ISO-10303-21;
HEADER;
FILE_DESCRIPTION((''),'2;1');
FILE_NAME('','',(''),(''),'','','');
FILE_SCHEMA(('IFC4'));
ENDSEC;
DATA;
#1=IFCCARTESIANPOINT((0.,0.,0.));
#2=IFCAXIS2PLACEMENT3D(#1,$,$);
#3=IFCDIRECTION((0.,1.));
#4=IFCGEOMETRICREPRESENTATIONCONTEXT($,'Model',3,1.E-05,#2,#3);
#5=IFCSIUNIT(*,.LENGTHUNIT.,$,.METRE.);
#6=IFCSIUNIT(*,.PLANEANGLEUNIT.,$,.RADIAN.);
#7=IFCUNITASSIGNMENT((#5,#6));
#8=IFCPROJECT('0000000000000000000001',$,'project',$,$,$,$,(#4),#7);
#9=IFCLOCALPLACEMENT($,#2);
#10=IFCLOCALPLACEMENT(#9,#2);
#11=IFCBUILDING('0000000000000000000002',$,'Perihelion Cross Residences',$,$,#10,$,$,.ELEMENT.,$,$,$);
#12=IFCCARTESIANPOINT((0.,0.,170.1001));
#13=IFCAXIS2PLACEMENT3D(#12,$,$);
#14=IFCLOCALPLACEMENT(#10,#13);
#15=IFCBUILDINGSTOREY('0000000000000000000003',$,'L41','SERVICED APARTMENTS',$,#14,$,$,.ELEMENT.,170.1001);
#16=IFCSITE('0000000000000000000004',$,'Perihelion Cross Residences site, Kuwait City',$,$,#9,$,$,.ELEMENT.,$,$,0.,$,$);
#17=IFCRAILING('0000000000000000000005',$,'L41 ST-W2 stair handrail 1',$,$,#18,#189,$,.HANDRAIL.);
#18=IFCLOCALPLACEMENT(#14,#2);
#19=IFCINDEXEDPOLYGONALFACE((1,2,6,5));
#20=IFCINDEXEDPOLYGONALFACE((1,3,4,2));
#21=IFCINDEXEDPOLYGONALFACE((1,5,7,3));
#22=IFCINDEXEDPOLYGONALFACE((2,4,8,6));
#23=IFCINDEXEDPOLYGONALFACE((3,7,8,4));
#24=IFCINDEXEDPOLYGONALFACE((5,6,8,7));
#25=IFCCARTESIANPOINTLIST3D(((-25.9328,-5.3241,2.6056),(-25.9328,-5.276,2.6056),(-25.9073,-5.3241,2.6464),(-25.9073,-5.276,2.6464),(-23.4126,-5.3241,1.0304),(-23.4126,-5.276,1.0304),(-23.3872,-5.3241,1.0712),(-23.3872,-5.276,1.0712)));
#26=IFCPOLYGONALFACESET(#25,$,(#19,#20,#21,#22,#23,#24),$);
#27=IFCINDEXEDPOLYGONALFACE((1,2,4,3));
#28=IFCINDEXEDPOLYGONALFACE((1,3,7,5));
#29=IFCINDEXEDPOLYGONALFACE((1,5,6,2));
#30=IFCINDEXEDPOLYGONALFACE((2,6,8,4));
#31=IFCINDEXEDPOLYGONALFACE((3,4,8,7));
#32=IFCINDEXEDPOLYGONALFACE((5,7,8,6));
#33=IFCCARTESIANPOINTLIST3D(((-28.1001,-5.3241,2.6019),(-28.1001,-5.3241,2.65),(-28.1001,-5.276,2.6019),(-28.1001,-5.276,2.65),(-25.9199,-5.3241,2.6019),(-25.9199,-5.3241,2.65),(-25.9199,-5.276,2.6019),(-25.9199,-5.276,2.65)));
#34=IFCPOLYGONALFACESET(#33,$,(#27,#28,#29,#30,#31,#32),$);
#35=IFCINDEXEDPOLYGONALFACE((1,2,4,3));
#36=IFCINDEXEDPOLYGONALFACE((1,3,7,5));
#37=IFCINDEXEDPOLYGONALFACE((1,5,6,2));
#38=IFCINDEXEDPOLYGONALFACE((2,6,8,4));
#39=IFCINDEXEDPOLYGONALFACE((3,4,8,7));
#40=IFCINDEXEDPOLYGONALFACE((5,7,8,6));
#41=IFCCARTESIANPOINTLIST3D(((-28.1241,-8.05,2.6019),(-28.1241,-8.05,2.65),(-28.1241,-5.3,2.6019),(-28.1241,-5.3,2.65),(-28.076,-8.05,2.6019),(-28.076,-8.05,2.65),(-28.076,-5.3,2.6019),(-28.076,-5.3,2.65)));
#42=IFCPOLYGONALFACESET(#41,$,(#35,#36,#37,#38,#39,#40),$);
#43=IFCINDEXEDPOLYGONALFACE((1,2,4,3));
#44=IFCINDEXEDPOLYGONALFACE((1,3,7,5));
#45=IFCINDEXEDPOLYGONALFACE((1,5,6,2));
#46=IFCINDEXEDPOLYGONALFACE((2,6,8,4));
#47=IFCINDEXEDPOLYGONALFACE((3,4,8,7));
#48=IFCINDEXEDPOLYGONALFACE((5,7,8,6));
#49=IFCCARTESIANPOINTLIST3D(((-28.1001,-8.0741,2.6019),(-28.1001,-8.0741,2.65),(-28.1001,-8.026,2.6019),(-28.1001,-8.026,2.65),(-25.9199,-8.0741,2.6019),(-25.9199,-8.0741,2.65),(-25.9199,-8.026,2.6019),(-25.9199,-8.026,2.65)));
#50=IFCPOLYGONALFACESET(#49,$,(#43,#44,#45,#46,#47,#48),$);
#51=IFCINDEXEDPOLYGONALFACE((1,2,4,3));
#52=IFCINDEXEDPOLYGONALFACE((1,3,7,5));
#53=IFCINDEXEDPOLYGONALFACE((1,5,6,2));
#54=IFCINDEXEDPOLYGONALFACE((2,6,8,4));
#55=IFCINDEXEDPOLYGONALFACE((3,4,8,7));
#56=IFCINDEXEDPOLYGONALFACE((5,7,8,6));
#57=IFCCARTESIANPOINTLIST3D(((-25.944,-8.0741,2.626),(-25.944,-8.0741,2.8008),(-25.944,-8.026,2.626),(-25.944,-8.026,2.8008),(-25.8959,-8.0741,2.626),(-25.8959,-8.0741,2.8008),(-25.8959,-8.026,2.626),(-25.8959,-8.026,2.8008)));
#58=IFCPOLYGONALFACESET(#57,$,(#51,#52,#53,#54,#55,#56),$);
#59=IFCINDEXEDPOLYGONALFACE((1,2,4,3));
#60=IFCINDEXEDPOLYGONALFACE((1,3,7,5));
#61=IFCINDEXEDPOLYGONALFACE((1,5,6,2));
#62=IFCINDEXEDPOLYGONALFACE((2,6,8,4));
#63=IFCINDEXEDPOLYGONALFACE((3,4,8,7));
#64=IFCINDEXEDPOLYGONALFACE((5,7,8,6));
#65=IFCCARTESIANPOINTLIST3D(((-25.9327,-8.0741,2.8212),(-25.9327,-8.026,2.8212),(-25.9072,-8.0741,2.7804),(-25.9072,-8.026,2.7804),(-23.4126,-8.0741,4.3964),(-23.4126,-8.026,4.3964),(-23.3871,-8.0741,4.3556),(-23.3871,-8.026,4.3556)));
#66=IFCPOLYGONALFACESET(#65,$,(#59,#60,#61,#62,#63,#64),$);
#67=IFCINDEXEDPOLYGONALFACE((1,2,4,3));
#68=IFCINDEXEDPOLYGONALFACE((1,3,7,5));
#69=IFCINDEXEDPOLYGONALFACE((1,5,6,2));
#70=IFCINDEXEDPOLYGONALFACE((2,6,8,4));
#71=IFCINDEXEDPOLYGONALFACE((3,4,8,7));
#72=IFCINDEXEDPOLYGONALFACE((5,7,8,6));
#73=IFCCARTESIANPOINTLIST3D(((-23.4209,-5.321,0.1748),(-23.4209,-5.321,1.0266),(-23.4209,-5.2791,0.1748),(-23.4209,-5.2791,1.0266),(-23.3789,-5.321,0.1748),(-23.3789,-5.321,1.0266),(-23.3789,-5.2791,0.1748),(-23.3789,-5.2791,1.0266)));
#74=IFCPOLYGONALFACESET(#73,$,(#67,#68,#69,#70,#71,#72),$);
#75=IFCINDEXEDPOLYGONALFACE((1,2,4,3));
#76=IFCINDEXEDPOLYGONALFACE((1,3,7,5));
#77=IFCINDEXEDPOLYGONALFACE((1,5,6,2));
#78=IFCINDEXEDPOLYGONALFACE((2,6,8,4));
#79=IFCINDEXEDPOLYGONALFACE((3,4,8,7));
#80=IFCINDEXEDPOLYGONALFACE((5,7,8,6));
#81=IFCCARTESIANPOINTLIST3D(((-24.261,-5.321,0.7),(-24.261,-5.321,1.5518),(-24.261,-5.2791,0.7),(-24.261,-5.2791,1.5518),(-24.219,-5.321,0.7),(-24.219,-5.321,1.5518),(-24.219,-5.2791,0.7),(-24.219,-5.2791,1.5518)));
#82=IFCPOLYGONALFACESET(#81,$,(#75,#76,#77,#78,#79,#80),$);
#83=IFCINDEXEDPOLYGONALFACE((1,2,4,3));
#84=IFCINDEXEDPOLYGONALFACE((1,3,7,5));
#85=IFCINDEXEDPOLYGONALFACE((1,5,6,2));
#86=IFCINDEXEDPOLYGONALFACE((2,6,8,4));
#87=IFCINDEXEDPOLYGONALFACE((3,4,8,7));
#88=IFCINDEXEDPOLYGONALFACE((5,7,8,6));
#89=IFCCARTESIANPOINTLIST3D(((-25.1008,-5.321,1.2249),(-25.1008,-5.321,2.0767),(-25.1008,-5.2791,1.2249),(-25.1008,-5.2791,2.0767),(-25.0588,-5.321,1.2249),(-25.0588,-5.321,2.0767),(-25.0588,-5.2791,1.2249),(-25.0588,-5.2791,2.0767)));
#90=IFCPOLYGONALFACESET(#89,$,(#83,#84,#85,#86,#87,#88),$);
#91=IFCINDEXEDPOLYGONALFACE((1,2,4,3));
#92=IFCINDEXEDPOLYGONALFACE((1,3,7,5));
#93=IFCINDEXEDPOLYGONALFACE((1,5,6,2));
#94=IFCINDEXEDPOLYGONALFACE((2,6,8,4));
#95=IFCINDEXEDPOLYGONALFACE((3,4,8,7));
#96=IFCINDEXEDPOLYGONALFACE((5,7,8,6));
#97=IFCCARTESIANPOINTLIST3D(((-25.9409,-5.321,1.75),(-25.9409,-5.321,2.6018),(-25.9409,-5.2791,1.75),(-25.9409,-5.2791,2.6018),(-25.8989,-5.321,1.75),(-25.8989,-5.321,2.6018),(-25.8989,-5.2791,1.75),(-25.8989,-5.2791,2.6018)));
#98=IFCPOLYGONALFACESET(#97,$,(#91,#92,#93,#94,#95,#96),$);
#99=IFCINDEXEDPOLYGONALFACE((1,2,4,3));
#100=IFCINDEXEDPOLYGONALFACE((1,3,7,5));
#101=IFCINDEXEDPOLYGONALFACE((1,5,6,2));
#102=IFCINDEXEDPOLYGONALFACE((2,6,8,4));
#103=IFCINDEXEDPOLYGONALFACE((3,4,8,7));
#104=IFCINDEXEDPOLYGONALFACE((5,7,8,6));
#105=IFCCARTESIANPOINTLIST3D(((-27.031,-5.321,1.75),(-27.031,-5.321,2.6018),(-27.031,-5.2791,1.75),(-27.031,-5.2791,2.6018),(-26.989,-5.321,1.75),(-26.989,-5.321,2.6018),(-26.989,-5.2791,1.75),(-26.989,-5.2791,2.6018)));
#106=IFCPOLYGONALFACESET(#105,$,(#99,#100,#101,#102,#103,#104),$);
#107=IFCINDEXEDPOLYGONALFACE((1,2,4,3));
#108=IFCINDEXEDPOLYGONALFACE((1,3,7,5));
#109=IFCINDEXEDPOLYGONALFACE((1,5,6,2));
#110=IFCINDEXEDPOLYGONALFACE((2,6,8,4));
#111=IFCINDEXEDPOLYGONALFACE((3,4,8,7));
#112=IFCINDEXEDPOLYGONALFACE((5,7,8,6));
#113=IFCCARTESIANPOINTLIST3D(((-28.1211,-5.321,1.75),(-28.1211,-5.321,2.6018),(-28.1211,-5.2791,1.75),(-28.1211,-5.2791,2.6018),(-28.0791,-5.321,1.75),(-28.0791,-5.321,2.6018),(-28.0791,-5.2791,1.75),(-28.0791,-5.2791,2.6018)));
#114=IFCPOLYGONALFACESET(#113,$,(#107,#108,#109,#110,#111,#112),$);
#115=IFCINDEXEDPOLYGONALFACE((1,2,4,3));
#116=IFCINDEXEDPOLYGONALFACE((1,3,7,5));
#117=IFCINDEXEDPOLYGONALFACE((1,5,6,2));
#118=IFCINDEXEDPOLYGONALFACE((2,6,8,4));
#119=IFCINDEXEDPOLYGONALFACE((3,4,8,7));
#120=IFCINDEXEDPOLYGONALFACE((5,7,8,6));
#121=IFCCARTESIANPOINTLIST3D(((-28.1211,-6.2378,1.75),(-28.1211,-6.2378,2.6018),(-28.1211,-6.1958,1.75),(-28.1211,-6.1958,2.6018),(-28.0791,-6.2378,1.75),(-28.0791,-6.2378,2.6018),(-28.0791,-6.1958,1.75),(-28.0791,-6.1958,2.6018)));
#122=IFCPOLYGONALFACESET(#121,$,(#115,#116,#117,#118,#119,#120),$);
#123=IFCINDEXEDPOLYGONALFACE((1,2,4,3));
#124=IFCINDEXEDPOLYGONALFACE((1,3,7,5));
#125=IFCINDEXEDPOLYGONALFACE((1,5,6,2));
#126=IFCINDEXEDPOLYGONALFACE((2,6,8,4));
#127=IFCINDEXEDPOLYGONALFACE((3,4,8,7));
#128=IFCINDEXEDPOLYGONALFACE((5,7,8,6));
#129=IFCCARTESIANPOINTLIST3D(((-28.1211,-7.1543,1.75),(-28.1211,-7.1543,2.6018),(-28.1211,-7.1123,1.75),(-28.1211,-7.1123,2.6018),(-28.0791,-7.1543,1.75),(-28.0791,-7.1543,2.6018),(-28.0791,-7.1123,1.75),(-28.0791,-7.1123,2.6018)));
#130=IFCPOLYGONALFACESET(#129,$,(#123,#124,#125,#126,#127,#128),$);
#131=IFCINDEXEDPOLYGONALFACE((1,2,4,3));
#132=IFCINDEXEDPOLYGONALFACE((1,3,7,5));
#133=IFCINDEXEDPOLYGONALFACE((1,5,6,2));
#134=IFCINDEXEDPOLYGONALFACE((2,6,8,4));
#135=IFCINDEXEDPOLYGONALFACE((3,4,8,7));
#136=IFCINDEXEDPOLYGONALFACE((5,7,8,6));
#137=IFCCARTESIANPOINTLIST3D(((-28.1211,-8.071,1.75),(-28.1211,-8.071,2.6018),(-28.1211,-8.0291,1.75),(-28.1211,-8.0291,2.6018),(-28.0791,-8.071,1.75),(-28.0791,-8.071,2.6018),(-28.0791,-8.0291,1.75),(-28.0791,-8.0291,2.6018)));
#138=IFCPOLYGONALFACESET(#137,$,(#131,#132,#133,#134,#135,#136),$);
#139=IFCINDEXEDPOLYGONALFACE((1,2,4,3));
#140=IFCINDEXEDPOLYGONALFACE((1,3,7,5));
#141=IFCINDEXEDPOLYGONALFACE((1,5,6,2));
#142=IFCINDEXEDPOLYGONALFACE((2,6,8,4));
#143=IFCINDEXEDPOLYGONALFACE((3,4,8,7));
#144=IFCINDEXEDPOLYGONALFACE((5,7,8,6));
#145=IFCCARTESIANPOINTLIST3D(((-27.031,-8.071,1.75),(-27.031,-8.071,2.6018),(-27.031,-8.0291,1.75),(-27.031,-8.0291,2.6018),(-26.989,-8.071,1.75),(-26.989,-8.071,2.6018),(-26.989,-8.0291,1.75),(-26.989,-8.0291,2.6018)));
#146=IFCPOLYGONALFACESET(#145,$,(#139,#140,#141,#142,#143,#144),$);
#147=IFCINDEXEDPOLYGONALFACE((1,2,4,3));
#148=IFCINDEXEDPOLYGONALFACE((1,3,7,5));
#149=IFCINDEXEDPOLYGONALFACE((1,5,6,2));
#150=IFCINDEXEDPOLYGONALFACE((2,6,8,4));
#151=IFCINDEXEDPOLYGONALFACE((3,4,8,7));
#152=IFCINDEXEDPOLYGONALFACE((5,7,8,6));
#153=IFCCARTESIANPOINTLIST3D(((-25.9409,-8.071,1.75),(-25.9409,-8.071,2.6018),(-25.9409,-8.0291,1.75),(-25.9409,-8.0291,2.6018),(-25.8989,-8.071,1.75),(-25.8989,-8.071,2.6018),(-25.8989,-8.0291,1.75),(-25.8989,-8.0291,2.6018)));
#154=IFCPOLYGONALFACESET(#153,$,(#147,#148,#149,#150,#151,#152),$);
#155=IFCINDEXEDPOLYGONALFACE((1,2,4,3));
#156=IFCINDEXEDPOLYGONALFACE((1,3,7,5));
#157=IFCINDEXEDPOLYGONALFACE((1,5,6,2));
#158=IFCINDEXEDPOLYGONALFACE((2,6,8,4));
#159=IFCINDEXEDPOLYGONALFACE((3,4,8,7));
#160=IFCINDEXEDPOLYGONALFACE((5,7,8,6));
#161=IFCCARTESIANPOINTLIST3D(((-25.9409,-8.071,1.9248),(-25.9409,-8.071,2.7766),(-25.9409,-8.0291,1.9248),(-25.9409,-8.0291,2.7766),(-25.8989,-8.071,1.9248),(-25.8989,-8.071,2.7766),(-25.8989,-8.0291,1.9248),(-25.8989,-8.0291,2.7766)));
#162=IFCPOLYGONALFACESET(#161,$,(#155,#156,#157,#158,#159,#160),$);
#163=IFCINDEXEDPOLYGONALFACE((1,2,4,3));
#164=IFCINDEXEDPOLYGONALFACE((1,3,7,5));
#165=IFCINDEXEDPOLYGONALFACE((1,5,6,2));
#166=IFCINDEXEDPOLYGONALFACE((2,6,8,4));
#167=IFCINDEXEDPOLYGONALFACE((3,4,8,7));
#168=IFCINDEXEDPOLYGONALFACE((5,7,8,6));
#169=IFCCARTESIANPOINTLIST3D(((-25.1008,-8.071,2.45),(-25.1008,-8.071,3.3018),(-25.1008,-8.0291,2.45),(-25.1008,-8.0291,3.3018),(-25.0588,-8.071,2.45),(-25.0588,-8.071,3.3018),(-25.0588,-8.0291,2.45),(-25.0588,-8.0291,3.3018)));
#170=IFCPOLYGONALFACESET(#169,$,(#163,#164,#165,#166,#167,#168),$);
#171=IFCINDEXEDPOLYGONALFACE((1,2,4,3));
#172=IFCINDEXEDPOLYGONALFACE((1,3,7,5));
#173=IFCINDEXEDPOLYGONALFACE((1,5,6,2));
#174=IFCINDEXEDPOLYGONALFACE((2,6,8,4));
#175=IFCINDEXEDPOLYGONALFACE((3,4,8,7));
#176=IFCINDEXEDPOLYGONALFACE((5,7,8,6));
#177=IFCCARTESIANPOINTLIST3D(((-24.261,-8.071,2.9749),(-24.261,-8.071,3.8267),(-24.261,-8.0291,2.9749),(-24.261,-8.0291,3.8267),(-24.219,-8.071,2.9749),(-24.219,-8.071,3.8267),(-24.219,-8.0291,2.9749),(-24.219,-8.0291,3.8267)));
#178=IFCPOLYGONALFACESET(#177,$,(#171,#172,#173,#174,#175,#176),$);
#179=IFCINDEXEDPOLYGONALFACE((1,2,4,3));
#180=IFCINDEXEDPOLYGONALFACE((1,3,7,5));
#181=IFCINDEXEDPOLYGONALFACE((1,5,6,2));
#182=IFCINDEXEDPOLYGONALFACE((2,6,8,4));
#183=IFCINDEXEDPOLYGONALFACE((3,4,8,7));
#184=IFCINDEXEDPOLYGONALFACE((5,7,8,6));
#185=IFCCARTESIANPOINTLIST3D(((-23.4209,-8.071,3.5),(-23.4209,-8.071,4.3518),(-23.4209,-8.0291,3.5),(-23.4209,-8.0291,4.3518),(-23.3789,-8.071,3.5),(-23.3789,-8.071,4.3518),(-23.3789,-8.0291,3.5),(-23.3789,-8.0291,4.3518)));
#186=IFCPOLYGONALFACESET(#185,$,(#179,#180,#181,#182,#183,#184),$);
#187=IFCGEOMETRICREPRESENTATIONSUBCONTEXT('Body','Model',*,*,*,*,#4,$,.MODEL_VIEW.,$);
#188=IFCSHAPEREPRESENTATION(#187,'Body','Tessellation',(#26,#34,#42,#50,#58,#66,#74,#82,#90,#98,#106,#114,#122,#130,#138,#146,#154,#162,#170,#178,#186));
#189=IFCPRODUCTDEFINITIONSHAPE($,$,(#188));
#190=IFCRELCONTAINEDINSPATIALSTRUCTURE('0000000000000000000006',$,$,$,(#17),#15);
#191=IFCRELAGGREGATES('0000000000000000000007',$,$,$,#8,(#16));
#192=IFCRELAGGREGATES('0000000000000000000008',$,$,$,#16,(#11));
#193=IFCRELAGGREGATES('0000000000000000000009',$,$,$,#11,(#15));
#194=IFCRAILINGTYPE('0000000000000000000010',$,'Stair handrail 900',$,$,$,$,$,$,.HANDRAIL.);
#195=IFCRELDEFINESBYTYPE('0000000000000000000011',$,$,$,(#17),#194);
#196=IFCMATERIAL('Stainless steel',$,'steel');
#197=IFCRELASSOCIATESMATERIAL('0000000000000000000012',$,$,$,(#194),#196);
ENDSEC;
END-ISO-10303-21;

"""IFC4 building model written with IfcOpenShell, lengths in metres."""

from ifc_helpers import new_model, si_unit, direction, frame, origin, origin_2d, place, context, subcontext, project, spatial, rectangle, extrude, material, type_object, element, save


model = new_model("IFC4")

# Units and contexts
model_context = context("Model", 3, precision=1e-05, world=origin(), true_north=direction((0.0, 1.0)))
body_context = subcontext(model_context, "Body", "Model", "MODEL_VIEW")
ifc_project = project(units=[si_unit("LENGTHUNIT", "METRE"), si_unit("PLANEANGLEUNIT", "RADIAN")], contexts=[model_context])

# Site, building, storey
site_placement = place(None, origin())
site = spatial("IfcSite", under=ifc_project, at=site_placement, Name="Perihelion Cross Residences site, Kuwait City", CompositionType="ELEMENT", RefElevation=0.0)
building_placement = place(site_placement, origin())
building = spatial("IfcBuilding", under=site, at=building_placement, Name="Perihelion Cross Residences", CompositionType="ELEMENT")
storey_placement = place(building_placement, frame((0.0, 0.0, 170.1001)))
storey = spatial("IfcBuildingStorey", under=building, at=storey_placement, Name="L41", Description="SERVICED APARTMENTS", CompositionType="ELEMENT", Elevation=170.1001)

# Railing
ifc_material_1 = material(Name="Stainless steel", Category="steel")
railing_type_1 = type_object("IfcRailingType", Name="Stair handrail 900", PredefinedType="HANDRAIL", material=ifc_material_1)
railing_1_placement = place(storey_placement, frame((-23.3999, -5.3, 0.1748)))
element("IfcRailing", 1, at=railing_1_placement, inside=storey, type_object=railing_type_1, Name="L41 ST-W2 stair handrail 1", PredefinedType="HANDRAIL", context=body_context, shape_type="SweptSolid", body=[
    extrude(rectangle(XDim=0.0481, YDim=0.0481, at=origin_2d()), frame((0.0, 0.0, 0.876), z_axis=(-0.847971, 0.0, 0.530043), x_axis=(0.0, -1.0, 0.0)), (0.0, 0.0, 1.0), 2.9719),
    extrude(rectangle(XDim=0.0481, YDim=0.0481, at=origin_2d()), frame((-2.52, 0.0, 2.4512), z_axis=(-1.0, 0.0, 0.0), x_axis=(0.0, -1.0, 0.0)), (0.0, 0.0, 1.0), 2.1802),
    extrude(rectangle(XDim=0.0481, YDim=0.0481, at=origin_2d()), frame((-4.7002, 0.0, 2.4512), z_axis=(0.0, -1.0, 0.0), x_axis=(1.0, 0.0, 0.0)), (0.0, 0.0, 1.0), 2.75),
    extrude(rectangle(XDim=0.0481, YDim=0.0481, at=origin_2d()), frame((-4.7002, -2.75, 2.4512), z_axis=(1.0, 0.0, 0.0), x_axis=(0.0, 1.0, 0.0)), (0.0, 0.0, 1.0), 2.1802),
    extrude(rectangle(XDim=0.0481, YDim=0.0481, at=origin_2d()), frame((-2.52, -2.75, 2.4512), z_axis=(0.0, 0.0, 1.0), x_axis=(1.0, 0.0, 0.0)), (0.0, 0.0, 1.0), 0.1748),
    extrude(rectangle(XDim=0.0481, YDim=0.0481, at=origin_2d()), frame((-2.52, -2.75, 2.626), z_axis=(0.847971, 0.0, 0.530043), x_axis=(0.0, 1.0, 0.0)), (0.0, 0.0, 1.0), 2.9719),
    extrude(rectangle(XDim=0.042, YDim=0.042, at=origin_2d()), origin(), (0.0, 0.0, 1.0), 0.8518),
    extrude(rectangle(XDim=0.042, YDim=0.042, at=origin_2d()), frame((-0.8401, 0.0, 0.5251)), (0.0, 0.0, 1.0), 0.8518),
    extrude(rectangle(XDim=0.042, YDim=0.042, at=origin_2d()), frame((-1.6799, 0.0, 1.05)), (0.0, 0.0, 1.0), 0.8518),
    extrude(rectangle(XDim=0.042, YDim=0.042, at=origin_2d()), frame((-2.52, 0.0, 1.5752)), (0.0, 0.0, 1.0), 0.8518),
    extrude(rectangle(XDim=0.042, YDim=0.042, at=origin_2d()), frame((-3.6101, 0.0, 1.5752)), (0.0, 0.0, 1.0), 0.8518),
    extrude(rectangle(XDim=0.042, YDim=0.042, at=origin_2d()), frame((-4.7002, 0.0, 1.5752)), (0.0, 0.0, 1.0), 0.8518),
    extrude(rectangle(XDim=0.042, YDim=0.042, at=origin_2d()), frame((-4.7002, -0.9167, 1.5752)), (0.0, 0.0, 1.0), 0.8518),
    extrude(rectangle(XDim=0.042, YDim=0.042, at=origin_2d()), frame((-4.7002, -1.8333, 1.5752)), (0.0, 0.0, 1.0), 0.8518),
    extrude(rectangle(XDim=0.042, YDim=0.042, at=origin_2d()), frame((-4.7002, -2.75, 1.5752)), (0.0, 0.0, 1.0), 0.8518),
    extrude(rectangle(XDim=0.042, YDim=0.042, at=origin_2d()), frame((-3.6101, -2.75, 1.5752)), (0.0, 0.0, 1.0), 0.8518),
    extrude(rectangle(XDim=0.042, YDim=0.042, at=origin_2d()), frame((-2.52, -2.75, 1.5752)), (0.0, 0.0, 1.0), 0.8518),
    extrude(rectangle(XDim=0.042, YDim=0.042, at=origin_2d()), frame((-2.52, -2.75, 1.75)), (0.0, 0.0, 1.0), 0.8518),
    extrude(rectangle(XDim=0.042, YDim=0.042, at=origin_2d()), frame((-1.6799, -2.75, 2.2751)), (0.0, 0.0, 1.0), 0.8518),
    extrude(rectangle(XDim=0.042, YDim=0.042, at=origin_2d()), frame((-0.8401, -2.75, 2.8)), (0.0, 0.0, 1.0), 0.8518),
    extrude(rectangle(XDim=0.042, YDim=0.042, at=origin_2d()), frame((0.0, -2.75, 3.3252)), (0.0, 0.0, 1.0), 0.8518),
])

save(model, "model.ifc")
